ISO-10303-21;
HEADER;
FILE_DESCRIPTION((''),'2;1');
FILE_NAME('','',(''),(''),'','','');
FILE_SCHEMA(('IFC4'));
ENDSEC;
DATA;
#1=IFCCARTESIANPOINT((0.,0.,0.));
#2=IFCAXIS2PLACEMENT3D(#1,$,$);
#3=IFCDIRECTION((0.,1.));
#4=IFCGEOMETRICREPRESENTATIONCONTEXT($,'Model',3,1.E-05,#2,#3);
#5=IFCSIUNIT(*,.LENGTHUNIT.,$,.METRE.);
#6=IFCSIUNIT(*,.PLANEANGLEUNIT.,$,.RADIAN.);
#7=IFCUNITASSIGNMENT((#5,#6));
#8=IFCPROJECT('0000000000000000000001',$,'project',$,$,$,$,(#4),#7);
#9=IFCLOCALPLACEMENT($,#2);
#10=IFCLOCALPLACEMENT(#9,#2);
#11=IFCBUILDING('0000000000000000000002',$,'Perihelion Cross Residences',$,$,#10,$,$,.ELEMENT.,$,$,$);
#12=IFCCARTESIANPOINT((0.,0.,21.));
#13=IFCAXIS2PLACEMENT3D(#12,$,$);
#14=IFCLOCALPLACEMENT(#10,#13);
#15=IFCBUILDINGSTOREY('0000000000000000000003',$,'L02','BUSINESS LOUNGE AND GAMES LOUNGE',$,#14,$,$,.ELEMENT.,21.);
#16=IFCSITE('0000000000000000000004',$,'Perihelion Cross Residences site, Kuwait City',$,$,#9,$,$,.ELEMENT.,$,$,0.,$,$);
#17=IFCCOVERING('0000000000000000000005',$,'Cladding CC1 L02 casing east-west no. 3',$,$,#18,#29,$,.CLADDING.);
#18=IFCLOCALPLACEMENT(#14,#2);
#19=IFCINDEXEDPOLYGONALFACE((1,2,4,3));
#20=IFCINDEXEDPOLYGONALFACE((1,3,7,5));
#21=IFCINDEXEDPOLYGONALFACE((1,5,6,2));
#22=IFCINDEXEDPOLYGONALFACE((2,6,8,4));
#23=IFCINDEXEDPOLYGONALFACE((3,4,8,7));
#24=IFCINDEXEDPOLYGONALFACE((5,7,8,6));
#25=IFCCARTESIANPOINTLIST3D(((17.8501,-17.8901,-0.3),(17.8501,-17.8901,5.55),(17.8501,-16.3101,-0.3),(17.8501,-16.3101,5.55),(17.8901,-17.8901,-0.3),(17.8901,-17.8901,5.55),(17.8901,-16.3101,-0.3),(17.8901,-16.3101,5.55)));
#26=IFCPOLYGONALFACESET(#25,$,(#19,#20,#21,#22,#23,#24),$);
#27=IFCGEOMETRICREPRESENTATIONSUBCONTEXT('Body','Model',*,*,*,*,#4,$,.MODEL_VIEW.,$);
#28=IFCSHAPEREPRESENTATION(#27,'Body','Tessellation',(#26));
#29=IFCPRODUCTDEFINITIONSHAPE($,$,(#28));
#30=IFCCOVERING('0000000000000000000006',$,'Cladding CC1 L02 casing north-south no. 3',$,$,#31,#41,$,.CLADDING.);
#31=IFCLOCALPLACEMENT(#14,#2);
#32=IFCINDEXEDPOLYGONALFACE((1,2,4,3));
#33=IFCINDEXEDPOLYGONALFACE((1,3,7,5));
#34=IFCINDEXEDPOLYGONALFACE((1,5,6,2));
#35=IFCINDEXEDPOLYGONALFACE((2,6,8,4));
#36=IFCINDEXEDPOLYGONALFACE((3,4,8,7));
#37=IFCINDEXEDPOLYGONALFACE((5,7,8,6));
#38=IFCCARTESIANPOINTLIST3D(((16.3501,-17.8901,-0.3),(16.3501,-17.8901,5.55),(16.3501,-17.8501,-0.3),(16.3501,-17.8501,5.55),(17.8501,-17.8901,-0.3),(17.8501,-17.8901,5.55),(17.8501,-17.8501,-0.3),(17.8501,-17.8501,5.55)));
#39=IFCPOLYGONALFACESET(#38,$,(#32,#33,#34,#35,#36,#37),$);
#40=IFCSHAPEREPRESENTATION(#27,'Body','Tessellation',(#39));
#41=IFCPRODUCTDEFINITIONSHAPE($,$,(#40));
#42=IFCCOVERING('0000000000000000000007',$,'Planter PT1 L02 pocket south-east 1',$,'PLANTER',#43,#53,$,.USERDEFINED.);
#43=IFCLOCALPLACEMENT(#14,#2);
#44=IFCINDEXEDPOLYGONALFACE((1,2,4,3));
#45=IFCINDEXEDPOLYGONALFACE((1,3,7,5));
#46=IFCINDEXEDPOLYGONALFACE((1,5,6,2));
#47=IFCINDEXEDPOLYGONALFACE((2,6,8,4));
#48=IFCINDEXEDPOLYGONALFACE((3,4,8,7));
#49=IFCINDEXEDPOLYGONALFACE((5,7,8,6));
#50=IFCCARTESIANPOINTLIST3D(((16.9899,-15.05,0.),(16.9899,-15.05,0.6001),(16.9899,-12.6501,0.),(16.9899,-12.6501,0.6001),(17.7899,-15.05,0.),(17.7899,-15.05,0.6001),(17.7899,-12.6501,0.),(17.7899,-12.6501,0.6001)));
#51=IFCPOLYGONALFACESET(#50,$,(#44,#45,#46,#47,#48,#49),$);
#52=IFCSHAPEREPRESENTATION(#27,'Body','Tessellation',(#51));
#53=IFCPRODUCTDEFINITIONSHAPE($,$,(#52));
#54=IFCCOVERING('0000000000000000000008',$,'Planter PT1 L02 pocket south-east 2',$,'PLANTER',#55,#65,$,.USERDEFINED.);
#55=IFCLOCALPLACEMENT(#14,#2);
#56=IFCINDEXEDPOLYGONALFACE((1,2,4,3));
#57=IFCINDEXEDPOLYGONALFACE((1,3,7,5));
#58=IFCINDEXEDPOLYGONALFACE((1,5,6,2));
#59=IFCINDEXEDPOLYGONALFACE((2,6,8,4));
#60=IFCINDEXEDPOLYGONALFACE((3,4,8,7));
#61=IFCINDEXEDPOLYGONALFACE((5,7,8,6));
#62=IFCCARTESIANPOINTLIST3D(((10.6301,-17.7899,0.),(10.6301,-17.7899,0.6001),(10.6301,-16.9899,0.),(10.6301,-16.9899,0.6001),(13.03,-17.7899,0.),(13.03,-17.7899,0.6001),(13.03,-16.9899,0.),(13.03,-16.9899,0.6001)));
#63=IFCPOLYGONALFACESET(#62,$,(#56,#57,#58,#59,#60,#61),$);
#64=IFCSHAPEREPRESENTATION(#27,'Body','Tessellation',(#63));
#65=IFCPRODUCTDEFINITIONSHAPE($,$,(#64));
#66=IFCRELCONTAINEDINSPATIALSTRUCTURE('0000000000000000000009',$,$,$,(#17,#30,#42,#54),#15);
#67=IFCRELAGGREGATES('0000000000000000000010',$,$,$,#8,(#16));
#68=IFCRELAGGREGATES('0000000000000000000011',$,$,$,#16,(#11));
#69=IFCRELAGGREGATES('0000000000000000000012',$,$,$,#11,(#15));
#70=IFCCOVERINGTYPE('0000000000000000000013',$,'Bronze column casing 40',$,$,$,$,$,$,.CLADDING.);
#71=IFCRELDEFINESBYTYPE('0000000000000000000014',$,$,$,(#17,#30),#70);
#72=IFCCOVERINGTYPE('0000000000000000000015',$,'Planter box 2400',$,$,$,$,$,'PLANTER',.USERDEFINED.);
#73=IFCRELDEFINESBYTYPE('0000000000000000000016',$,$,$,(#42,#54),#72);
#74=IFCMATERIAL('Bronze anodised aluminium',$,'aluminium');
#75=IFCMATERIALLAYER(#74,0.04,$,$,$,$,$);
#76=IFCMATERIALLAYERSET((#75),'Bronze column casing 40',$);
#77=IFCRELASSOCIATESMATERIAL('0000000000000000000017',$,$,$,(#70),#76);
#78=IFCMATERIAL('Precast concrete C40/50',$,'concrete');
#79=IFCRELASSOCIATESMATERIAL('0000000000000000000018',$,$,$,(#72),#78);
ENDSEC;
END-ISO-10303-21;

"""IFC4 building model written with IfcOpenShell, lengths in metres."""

from ifc_helpers import new_model, si_unit, direction, frame, origin, origin_2d, place, context, subcontext, project, spatial, rectangle, extrude, material, layer, layer_set, type_object, element, save


model = new_model("IFC4")

# Units and contexts
model_context = context("Model", 3, precision=1e-05, world=origin(), true_north=direction((0.0, 1.0)))
body_context = subcontext(model_context, "Body", "Model", "MODEL_VIEW")
ifc_project = project(units=[si_unit("LENGTHUNIT", "METRE"), si_unit("PLANEANGLEUNIT", "RADIAN")], contexts=[model_context])

# Site, building, storey
site_placement = place(None, origin())
site = spatial("IfcSite", under=ifc_project, at=site_placement, Name="Perihelion Cross Residences site, Kuwait City", CompositionType="ELEMENT", RefElevation=0.0)
building_placement = place(site_placement, origin())
building = spatial("IfcBuilding", under=site, at=building_placement, Name="Perihelion Cross Residences", CompositionType="ELEMENT")
storey_placement = place(building_placement, frame((0.0, 0.0, 21.0)))
storey = spatial("IfcBuildingStorey", under=building, at=storey_placement, Name="L02", Description="BUSINESS LOUNGE AND GAMES LOUNGE", CompositionType="ELEMENT", Elevation=21.0)

# Coverings
ifc_material_1 = material(Name="Bronze anodised aluminium", Category="aluminium")
ifc_layer_1 = layer(ifc_material_1, 0.04)
ifc_layer_set_1 = layer_set([ifc_layer_1], Name="Bronze column casing 40")
covering_type_1 = type_object("IfcCoveringType", Name="Bronze column casing 40", PredefinedType="CLADDING", material=ifc_layer_set_1)
covering_1_placement = place(storey_placement, frame((17.8701, -17.1001, -0.3), z_axis=(0.0, 0.0, 1.0), x_axis=(1.0, 0.0, 0.0)))
element("IfcCovering", 1, at=covering_1_placement, inside=storey, type_object=covering_type_1, Name="Cladding CC1 L02 casing east-west no. 3", PredefinedType="CLADDING", context=body_context, shape_type="SweptSolid", body=[
    extrude(rectangle(XDim=0.04, YDim=1.5801, at=origin_2d()), origin(), (0.0, 0.0, 1.0), 5.8501),
])
covering_2_placement = place(storey_placement, frame((17.1001, -17.8701, -0.3), z_axis=(0.0, 0.0, 1.0), x_axis=(1.0, 0.0, 0.0)))
element("IfcCovering", 2, at=covering_2_placement, inside=storey, type_object=covering_type_1, Name="Cladding CC1 L02 casing north-south no. 3", PredefinedType="CLADDING", context=body_context, shape_type="SweptSolid", body=[
    extrude(rectangle(XDim=1.5, YDim=0.04, at=origin_2d()), origin(), (0.0, 0.0, 1.0), 5.8501),
])
ifc_material_2 = material(Name="Precast concrete C40/50", Category="concrete")
covering_type_2 = type_object("IfcCoveringType", Name="Planter box 2400", ElementType="PLANTER", PredefinedType="USERDEFINED", material=ifc_material_2)
for number, where, z_axis, x_axis, name in (
    (3, (17.3899, -13.8501, 0.0), (0.0, 0.0, 1.0), (0.0, -1.0, 0.0), "Planter PT1 L02 pocket south-east 1"),
    (4, (11.8301, -17.3899, 0.0), (0.0, 0.0, 1.0), (-1.0, 0.0, 0.0), "Planter PT1 L02 pocket south-east 2"),
):
    element("IfcCovering", number, at=place(storey_placement, frame(where, z_axis=z_axis, x_axis=x_axis)), inside=storey, type_object=covering_type_2, Name=name, ObjectType="PLANTER", PredefinedType="USERDEFINED", context=body_context, shape_type="SweptSolid", body=[
        extrude(rectangle(XDim=2.3999, YDim=0.8, at=origin_2d()), origin(), (0.0, 0.0, 1.0), 0.6001),
    ])

save(model, "model.ifc")
